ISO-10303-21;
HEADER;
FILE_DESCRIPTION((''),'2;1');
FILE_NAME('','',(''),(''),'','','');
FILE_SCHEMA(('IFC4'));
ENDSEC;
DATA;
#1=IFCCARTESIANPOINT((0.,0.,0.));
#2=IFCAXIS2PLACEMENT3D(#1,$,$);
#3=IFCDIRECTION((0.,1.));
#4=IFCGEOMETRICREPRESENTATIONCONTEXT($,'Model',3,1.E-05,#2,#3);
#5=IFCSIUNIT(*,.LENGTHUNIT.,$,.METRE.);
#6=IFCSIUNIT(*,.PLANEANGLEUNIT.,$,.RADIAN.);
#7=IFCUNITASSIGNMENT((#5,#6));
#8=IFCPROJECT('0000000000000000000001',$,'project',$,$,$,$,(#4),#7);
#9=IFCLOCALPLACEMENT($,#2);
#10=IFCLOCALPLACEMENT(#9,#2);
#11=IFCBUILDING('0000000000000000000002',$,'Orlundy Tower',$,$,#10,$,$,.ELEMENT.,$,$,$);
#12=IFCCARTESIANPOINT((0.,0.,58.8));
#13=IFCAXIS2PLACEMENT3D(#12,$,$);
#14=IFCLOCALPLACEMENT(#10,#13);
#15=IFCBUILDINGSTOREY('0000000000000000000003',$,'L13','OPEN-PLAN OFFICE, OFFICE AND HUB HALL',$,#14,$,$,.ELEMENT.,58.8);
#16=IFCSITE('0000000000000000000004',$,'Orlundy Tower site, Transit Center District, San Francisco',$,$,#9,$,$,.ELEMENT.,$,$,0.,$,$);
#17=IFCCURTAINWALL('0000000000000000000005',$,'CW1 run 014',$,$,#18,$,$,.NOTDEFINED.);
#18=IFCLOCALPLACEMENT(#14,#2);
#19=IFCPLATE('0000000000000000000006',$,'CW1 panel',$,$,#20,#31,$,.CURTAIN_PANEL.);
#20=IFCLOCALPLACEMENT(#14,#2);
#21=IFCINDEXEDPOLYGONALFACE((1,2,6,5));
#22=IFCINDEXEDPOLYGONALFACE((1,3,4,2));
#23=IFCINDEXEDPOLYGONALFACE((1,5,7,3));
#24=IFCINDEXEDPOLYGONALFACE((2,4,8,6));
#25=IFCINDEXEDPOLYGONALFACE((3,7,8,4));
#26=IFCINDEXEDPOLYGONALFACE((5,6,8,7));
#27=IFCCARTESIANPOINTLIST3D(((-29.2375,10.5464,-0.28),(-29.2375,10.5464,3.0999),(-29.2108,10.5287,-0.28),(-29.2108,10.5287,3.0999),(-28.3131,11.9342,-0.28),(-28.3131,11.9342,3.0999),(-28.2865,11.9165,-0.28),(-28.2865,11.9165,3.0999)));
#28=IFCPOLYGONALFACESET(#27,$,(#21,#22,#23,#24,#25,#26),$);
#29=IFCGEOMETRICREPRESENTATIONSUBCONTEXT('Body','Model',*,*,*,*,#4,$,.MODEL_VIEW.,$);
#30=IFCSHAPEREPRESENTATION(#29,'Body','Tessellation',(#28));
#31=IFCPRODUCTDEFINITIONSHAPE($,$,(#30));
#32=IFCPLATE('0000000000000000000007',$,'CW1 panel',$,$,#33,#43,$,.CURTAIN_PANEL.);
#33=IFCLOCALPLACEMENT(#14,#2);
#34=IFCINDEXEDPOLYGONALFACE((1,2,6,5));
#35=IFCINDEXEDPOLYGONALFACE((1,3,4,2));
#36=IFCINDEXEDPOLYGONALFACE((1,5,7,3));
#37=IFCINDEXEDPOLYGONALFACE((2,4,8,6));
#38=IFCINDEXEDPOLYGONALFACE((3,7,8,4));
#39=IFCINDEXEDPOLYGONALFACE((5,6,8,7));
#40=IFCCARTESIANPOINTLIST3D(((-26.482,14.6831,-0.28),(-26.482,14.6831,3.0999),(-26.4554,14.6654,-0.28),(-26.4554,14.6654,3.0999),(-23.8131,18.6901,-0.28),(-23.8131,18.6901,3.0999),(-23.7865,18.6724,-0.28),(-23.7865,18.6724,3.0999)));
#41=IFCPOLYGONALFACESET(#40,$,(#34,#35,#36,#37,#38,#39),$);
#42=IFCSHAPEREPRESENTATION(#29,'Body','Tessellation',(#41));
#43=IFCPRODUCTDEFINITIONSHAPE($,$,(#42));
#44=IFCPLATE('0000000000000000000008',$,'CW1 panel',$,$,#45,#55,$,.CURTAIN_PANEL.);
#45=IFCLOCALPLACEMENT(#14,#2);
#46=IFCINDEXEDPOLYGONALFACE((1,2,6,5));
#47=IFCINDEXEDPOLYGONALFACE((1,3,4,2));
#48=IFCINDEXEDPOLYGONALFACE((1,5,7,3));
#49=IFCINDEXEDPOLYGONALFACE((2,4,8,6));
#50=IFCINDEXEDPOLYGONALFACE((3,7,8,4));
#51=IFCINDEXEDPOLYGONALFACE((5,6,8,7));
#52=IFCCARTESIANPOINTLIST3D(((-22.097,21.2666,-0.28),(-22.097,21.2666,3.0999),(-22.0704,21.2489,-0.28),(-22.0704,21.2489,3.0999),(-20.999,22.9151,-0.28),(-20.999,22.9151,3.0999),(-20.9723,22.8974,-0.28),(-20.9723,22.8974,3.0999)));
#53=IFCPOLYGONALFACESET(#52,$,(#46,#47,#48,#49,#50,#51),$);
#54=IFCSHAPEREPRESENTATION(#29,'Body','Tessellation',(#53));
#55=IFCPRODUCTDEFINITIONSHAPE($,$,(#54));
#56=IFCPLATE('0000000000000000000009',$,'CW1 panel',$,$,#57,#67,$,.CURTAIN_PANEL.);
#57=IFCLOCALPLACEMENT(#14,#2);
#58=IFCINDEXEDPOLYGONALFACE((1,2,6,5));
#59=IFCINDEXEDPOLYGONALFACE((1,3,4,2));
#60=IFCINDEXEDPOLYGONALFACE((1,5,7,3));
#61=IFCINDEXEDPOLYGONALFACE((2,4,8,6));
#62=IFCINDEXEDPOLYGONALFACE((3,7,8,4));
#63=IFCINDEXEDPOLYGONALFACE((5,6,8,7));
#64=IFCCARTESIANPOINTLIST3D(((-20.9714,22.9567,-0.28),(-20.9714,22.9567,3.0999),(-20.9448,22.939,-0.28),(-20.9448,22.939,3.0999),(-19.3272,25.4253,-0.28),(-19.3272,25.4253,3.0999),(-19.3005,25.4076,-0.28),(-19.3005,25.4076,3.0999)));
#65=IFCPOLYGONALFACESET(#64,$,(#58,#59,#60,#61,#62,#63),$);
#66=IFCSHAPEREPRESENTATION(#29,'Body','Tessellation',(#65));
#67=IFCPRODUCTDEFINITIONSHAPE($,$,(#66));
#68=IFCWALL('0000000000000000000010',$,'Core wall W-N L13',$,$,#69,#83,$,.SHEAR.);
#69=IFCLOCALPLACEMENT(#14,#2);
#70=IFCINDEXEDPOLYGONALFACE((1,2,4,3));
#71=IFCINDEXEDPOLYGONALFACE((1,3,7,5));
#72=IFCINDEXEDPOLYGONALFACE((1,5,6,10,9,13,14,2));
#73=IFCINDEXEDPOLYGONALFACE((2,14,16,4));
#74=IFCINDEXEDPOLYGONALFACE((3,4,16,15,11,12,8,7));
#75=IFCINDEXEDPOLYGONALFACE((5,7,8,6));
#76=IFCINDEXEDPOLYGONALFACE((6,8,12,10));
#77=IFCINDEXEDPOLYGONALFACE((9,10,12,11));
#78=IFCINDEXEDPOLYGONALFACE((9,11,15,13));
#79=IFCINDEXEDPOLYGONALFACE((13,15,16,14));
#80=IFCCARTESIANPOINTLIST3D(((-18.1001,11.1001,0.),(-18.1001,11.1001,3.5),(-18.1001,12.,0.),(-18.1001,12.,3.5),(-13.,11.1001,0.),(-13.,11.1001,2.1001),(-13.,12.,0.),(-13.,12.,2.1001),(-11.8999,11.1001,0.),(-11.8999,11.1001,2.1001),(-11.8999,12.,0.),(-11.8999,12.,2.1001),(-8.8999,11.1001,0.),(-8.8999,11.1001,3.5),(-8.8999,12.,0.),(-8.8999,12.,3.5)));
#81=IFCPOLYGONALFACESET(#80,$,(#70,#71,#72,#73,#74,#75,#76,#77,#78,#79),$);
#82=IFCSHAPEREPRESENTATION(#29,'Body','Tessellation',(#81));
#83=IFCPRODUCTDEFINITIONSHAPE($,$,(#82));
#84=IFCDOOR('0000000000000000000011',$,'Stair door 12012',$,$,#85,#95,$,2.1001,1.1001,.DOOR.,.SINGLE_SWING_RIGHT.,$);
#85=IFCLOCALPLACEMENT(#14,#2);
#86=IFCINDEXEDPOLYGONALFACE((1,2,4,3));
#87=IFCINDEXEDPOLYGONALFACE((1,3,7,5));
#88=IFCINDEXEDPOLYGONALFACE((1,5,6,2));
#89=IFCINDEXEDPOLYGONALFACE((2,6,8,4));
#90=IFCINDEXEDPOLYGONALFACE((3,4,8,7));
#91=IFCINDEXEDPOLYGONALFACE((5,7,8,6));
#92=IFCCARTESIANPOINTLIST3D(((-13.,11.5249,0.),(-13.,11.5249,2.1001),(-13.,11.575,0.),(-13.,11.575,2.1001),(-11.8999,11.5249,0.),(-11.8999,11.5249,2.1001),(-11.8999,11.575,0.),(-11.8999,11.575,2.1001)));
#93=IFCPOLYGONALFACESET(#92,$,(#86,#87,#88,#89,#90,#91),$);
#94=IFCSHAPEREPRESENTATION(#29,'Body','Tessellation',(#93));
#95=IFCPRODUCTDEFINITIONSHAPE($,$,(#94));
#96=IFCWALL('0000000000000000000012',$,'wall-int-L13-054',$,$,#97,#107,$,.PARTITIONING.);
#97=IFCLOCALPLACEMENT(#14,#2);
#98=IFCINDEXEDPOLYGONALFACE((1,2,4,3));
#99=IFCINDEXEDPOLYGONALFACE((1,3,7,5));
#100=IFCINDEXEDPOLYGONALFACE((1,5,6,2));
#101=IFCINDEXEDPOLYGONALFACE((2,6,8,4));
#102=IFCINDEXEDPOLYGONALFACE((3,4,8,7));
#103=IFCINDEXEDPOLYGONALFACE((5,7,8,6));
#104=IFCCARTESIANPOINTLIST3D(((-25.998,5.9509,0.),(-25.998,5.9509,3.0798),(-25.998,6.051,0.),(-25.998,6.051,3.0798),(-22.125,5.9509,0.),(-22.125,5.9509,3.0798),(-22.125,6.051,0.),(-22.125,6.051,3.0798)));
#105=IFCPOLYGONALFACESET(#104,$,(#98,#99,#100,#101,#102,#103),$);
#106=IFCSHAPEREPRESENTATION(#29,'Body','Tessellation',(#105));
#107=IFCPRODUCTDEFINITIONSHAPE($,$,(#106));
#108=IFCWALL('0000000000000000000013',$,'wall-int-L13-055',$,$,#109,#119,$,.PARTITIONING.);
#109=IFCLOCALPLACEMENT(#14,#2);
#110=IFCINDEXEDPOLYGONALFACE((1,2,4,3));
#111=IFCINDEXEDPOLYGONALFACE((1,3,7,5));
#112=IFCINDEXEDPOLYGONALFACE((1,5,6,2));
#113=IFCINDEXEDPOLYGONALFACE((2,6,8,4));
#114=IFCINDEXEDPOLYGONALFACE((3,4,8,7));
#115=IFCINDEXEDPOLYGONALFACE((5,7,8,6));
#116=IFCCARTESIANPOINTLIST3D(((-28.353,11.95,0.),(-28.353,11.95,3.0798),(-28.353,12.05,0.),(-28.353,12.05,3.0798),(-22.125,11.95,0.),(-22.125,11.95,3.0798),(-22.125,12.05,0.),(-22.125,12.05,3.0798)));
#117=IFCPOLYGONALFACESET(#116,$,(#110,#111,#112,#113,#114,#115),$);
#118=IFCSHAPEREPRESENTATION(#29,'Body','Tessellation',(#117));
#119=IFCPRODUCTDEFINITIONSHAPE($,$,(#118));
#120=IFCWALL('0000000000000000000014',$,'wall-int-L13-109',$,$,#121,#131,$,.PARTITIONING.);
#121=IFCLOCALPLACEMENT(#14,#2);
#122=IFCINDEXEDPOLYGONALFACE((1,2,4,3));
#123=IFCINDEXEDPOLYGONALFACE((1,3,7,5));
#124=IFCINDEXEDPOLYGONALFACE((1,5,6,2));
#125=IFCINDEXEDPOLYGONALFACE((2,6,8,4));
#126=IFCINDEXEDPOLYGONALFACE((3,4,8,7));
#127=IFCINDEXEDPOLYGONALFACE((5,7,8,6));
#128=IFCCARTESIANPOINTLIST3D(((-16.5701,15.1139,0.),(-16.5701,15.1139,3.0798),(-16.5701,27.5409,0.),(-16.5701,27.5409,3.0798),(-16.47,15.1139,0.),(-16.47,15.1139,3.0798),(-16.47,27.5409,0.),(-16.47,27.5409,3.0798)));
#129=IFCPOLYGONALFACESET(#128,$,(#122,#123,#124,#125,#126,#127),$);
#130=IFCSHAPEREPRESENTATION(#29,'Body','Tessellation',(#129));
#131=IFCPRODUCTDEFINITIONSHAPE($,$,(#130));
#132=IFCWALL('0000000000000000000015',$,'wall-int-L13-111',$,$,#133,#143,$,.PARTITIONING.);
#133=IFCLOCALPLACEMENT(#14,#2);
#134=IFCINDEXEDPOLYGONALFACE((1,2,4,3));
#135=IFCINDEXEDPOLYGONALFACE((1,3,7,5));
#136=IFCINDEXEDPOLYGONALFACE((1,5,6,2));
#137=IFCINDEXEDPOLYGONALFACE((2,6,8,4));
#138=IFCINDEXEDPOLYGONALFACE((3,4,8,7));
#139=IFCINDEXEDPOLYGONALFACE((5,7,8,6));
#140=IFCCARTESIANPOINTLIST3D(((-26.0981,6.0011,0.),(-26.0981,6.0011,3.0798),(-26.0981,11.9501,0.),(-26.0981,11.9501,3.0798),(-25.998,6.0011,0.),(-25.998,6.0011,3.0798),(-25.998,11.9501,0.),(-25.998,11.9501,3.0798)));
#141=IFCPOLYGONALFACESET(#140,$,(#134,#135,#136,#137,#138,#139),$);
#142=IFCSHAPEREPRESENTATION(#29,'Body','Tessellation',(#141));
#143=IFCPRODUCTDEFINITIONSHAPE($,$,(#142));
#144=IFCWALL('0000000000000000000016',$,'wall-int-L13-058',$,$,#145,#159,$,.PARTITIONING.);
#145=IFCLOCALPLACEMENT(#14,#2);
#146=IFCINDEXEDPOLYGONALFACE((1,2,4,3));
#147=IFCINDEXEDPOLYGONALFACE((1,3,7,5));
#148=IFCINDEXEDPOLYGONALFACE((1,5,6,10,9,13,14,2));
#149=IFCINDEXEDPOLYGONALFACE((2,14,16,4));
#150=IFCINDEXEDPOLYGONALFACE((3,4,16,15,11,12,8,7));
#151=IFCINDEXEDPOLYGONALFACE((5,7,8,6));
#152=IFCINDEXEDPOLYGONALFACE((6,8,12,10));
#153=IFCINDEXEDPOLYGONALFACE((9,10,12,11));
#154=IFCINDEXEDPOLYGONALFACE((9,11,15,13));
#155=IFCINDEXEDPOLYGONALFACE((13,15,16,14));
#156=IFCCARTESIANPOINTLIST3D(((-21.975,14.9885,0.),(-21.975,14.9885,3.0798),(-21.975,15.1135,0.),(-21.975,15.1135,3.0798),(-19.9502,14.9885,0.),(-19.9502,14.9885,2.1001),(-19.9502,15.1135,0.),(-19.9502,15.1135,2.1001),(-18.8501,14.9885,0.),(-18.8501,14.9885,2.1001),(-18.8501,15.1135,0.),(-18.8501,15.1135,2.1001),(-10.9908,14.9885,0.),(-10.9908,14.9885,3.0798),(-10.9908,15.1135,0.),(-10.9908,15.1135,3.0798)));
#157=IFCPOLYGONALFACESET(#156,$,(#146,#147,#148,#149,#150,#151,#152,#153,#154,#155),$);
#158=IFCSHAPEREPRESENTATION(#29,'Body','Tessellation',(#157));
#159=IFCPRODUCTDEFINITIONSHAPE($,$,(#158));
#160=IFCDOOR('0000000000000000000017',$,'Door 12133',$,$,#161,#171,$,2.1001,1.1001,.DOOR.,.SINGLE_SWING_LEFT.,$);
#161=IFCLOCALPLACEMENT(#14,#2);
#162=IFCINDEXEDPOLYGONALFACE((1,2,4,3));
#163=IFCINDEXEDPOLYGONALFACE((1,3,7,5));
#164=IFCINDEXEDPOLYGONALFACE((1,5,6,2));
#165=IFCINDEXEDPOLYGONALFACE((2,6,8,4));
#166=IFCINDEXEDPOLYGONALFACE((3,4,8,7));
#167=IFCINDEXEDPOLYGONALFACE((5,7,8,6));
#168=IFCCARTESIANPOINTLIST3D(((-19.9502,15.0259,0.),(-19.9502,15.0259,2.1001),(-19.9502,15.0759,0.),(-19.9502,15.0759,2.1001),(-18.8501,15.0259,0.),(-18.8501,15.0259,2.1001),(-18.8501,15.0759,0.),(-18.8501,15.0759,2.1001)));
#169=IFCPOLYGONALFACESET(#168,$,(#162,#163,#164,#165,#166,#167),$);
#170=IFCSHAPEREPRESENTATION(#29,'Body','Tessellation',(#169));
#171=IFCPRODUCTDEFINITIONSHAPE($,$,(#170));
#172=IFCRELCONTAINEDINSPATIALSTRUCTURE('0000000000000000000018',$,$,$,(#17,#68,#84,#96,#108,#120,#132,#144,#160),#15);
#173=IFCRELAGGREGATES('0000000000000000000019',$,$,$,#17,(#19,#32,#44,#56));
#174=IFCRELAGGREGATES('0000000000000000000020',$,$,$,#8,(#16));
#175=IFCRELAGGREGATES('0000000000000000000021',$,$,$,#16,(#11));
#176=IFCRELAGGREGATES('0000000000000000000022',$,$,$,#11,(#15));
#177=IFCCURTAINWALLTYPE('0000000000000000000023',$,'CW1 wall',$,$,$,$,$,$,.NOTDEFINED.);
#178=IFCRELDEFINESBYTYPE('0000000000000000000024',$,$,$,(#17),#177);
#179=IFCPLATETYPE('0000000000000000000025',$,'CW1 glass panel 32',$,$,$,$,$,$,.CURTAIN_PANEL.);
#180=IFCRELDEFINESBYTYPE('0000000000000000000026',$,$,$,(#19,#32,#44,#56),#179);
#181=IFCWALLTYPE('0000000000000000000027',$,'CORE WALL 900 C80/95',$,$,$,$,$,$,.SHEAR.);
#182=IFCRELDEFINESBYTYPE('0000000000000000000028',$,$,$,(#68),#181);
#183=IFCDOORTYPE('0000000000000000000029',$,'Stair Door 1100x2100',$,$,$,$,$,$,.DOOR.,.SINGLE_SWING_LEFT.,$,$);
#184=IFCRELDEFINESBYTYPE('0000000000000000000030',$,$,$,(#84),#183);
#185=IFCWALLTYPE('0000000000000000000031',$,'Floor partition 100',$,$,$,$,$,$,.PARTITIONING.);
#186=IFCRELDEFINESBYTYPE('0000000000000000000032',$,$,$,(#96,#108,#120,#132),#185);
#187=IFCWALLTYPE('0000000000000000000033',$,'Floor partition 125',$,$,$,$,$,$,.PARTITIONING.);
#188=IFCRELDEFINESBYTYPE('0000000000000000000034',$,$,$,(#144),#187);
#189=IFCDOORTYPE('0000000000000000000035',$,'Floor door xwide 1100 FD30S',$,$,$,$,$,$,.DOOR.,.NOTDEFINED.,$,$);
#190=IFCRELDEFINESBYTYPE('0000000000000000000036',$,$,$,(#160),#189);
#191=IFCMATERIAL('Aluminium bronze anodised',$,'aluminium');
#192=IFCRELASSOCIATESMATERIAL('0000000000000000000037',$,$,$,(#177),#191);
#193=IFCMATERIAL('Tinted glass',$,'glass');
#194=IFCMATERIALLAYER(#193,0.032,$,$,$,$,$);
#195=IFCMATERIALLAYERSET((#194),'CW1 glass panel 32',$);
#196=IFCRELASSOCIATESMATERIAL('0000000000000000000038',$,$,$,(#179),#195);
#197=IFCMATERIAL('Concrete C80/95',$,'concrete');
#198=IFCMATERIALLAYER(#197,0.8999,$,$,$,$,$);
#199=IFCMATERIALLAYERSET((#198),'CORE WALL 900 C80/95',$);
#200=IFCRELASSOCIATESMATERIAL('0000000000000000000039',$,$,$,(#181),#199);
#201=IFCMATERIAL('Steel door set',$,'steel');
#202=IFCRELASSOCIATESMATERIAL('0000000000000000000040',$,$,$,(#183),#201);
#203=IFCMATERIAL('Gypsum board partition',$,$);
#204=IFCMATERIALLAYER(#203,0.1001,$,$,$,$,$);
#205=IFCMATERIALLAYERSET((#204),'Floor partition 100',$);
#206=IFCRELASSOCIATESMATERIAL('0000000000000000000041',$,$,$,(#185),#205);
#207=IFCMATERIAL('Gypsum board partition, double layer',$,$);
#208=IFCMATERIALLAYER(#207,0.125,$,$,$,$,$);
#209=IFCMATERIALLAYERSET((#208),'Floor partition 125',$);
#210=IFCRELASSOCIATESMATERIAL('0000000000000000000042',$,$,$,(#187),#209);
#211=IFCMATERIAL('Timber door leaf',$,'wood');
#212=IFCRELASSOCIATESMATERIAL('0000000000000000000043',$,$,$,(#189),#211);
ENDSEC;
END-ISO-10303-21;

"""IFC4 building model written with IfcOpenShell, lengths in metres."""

from ifc_helpers import new_model, si_unit, direction, frame, frame_2d, origin, origin_2d, place, context, subcontext, project, spatial, rectangle, extrude, material, layer, layer_set, type_object, element, fill, aggregate, save


model = new_model("IFC4")

# Units and contexts
model_context = context("Model", 3, precision=1e-05, world=origin(), true_north=direction((0.0, 1.0)))
body_context = subcontext(model_context, "Body", "Model", "MODEL_VIEW")
ifc_project = project(units=[si_unit("LENGTHUNIT", "METRE"), si_unit("PLANEANGLEUNIT", "RADIAN")], contexts=[model_context])

# Site, building, storey
site_placement = place(None, origin())
site = spatial("IfcSite", under=ifc_project, at=site_placement, Name="Orlundy Tower site, Transit Center District, San Francisco", CompositionType="ELEMENT", RefElevation=0.0)
building_placement = place(site_placement, origin())
building = spatial("IfcBuilding", under=site, at=building_placement, Name="Orlundy Tower", CompositionType="ELEMENT")
storey_placement = place(building_placement, frame((0.0, 0.0, 58.8)))
storey = spatial("IfcBuildingStorey", under=building, at=storey_placement, Name="L13", Description="OPEN-PLAN OFFICE, OFFICE AND HUB HALL", CompositionType="ELEMENT", Elevation=58.8)

# Shared definitions
ifc_material_1 = material(Name="Aluminium bronze anodised", Category="aluminium")
curtain_wall_type = type_object("IfcCurtainWallType", Name="CW1 wall", PredefinedType="NOTDEFINED", material=ifc_material_1)

# Curtain wall
curtain_wall_1_placement = place(storey_placement, origin())
curtain_wall_1 = element("IfcCurtainWall", 1, at=curtain_wall_1_placement, inside=storey, type_object=curtain_wall_type, Name="CW1 run 014", PredefinedType="NOTDEFINED")

# Plates
ifc_material_2 = material(Name="Tinted glass", Category="glass")
ifc_layer_1 = layer(ifc_material_2, 0.032)
ifc_layer_set_1 = layer_set([ifc_layer_1], Name="CW1 glass panel 32")
plate_type = type_object("IfcPlateType", Name="CW1 glass panel 32", PredefinedType="CURTAIN_PANEL", material=ifc_layer_set_1)
plate_1_placement = place(storey_placement, frame((-28.762, 11.2314, -0.28), z_axis=(0.0, 0.0, 1.0), x_axis=(0.554357, 0.832279, 0.0)))
plate_1 = element("IfcPlate", 2, at=plate_1_placement, type_object=plate_type, Name="CW1 panel", PredefinedType="CURTAIN_PANEL", context=body_context, shape_type="SweptSolid", body=[
    extrude(rectangle(XDim=1.6675, YDim=0.032, at=origin_2d()), origin(), (0.0, 0.0, 1.0), 3.3799),
])
plate_2_placement = place(storey_placement, frame((-25.1343, 16.6777, -0.28), z_axis=(0.0, 0.0, 1.0), x_axis=(0.554357, 0.832279, 0.0)))
plate_2 = element("IfcPlate", 3, at=plate_2_placement, type_object=plate_type, Name="CW1 panel", PredefinedType="CURTAIN_PANEL", context=body_context, shape_type="SweptSolid", body=[
    extrude(rectangle(XDim=4.8145, YDim=0.032, at=origin_2d()), origin(), (0.0, 0.0, 1.0), 3.3799),
])
plate_3_placement = place(storey_placement, frame((-21.5347, 22.082, -0.28), z_axis=(0.0, 0.0, 1.0), x_axis=(0.554357, 0.832279, 0.0)))
plate_3 = element("IfcPlate", 4, at=plate_3_placement, type_object=plate_type, Name="CW1 panel", PredefinedType="CURTAIN_PANEL", context=body_context, shape_type="SweptSolid", body=[
    extrude(rectangle(XDim=1.9807, YDim=0.032, at=origin_2d()), origin(), (0.0, 0.0, 1.0), 3.3799),
])
plate_4_placement = place(storey_placement, frame((-20.136, 24.1821, -0.28), z_axis=(0.0, 0.0, 1.0), x_axis=(0.554357, 0.832279, 0.0)))
plate_4 = element("IfcPlate", 5, at=plate_4_placement, type_object=plate_type, Name="CW1 panel", PredefinedType="CURTAIN_PANEL", context=body_context, shape_type="SweptSolid", body=[
    extrude(rectangle(XDim=2.9661, YDim=0.032, at=origin_2d()), origin(), (0.0, 0.0, 1.0), 3.3799),
])
aggregate(curtain_wall_1, [plate_1, plate_2, plate_3, plate_4])

# Wall, opening, door
ifc_material_3 = material(Name="Concrete C80/95", Category="concrete")
ifc_layer_2 = layer(ifc_material_3, 0.8999)
ifc_layer_set_2 = layer_set([ifc_layer_2], Name="CORE WALL 900 C80/95")
wall_type_1 = type_object("IfcWallType", Name="CORE WALL 900 C80/95", PredefinedType="SHEAR", material=ifc_layer_set_2)
wall_1_placement = place(storey_placement, frame((-18.1001, 11.55, 0.0), z_axis=(0.0, 0.0, 1.0), x_axis=(1.0, 0.0, 0.0)))
wall_1 = element("IfcWall", 6, at=wall_1_placement, inside=storey, type_object=wall_type_1, Name="Core wall W-N L13", PredefinedType="SHEAR", context=body_context, shape_type="SweptSolid", body=[
    extrude(rectangle(XDim=9.2002, YDim=0.8999, at=frame_2d((4.6001, 0.0))), origin(), (0.0, 0.0, 1.0), 3.5),
])
opening_1_placement = place(wall_1_placement, frame((5.1001, 0.0, 0.0)))
opening_1 = element("IfcOpeningElement", 7, at=opening_1_placement, cuts=wall_1, PredefinedType="OPENING", context=body_context, shape_type="SweptSolid", body=[
    extrude(rectangle(XDim=1.1001, YDim=2.1001, at=frame_2d((0.55, 1.05))), frame((0.0, 0.46, 0.0), z_axis=(0.0, -1.0, 0.0), x_axis=(1.0, 0.0, 0.0)), (0.0, 0.0, 1.0), 0.9199),
])
ifc_material_4 = material(Name="Steel door set", Category="steel")
door_type_1 = type_object("IfcDoorType", Name="Stair Door 1100x2100", OperationType="SINGLE_SWING_LEFT", PredefinedType="DOOR", material=ifc_material_4)
door_1_placement = place(opening_1_placement, origin())
door_1 = element("IfcDoor", 8, at=door_1_placement, inside=storey, type_object=door_type_1, Name="Stair door 12012", OperationType="SINGLE_SWING_RIGHT", OverallHeight=2.1001, OverallWidth=1.1001, PredefinedType="DOOR", context=body_context, shape_type="SweptSolid", body=[
    extrude(rectangle(XDim=1.1001, YDim=2.1001, at=frame_2d((0.55, 1.05))), frame((0.0, 0.0249, 0.0), z_axis=(0.0, -1.0, 0.0), x_axis=(1.0, 0.0, 0.0)), (0.0, 0.0, 1.0), 0.05),
])
fill(opening_1, door_1)

# Walls
ifc_material_5 = material(Name="Gypsum board partition")
ifc_layer_3 = layer(ifc_material_5, 0.1001)
ifc_layer_set_3 = layer_set([ifc_layer_3], Name="Floor partition 100")
wall_type_2 = type_object("IfcWallType", Name="Floor partition 100", PredefinedType="PARTITIONING", material=ifc_layer_set_3)
wall_2_placement = place(storey_placement, frame((-25.998, 6.001, 0.0), z_axis=(0.0, 0.0, 1.0), x_axis=(1.0, 0.0, 0.0)))
element("IfcWall", 9, at=wall_2_placement, inside=storey, type_object=wall_type_2, Name="wall-int-L13-054", PredefinedType="PARTITIONING", context=body_context, shape_type="SweptSolid", body=[
    extrude(rectangle(XDim=3.873, YDim=0.1001, at=frame_2d((1.9365, 0.0))), origin(), (0.0, 0.0, 1.0), 3.0798),
])
wall_3_placement = place(storey_placement, frame((-28.353, 12.0, 0.0), z_axis=(0.0, 0.0, 1.0), x_axis=(1.0, 0.0, 0.0)))
element("IfcWall", 10, at=wall_3_placement, inside=storey, type_object=wall_type_2, Name="wall-int-L13-055", PredefinedType="PARTITIONING", context=body_context, shape_type="SweptSolid", body=[
    extrude(rectangle(XDim=6.228, YDim=0.1001, at=frame_2d((3.114, 0.0))), origin(), (0.0, 0.0, 1.0), 3.0798),
])
wall_4_placement = place(storey_placement, frame((-16.52, 15.114, 0.0), z_axis=(0.0, 0.0, 1.0), x_axis=(0.0, 1.0, 0.0)))
element("IfcWall", 11, at=wall_4_placement, inside=storey, type_object=wall_type_2, Name="wall-int-L13-109", PredefinedType="PARTITIONING", context=body_context, shape_type="SweptSolid", body=[
    extrude(rectangle(XDim=12.427, YDim=0.1001, at=frame_2d((6.2134, 0.0))), origin(), (0.0, 0.0, 1.0), 3.0798),
])
wall_5_placement = place(storey_placement, frame((-26.0481, 6.001, 0.0), z_axis=(0.0, 0.0, 1.0), x_axis=(0.0, 1.0, 0.0)))
element("IfcWall", 12, at=wall_5_placement, inside=storey, type_object=wall_type_2, Name="wall-int-L13-111", PredefinedType="PARTITIONING", context=body_context, shape_type="SweptSolid", body=[
    extrude(rectangle(XDim=5.949, YDim=0.1001, at=frame_2d((2.9746, 0.0))), origin(), (0.0, 0.0, 1.0), 3.0798),
])

# Wall, opening, door
ifc_material_6 = material(Name="Gypsum board partition, double layer")
ifc_layer_4 = layer(ifc_material_6, 0.125)
ifc_layer_set_4 = layer_set([ifc_layer_4], Name="Floor partition 125")
wall_type_3 = type_object("IfcWallType", Name="Floor partition 125", PredefinedType="PARTITIONING", material=ifc_layer_set_4)
wall_6_placement = place(storey_placement, frame((-21.9751, 15.051, 0.0), z_axis=(0.0, 0.0, 1.0), x_axis=(1.0, 0.0, 0.0)))
wall_6 = element("IfcWall", 13, at=wall_6_placement, inside=storey, type_object=wall_type_3, Name="wall-int-L13-058", PredefinedType="PARTITIONING", context=body_context, shape_type="SweptSolid", body=[
    extrude(rectangle(XDim=10.9841, YDim=0.125, at=frame_2d((5.4922, 0.0))), origin(), (0.0, 0.0, 1.0), 3.0798),
])
opening_2_placement = place(wall_6_placement, frame((2.0249, 0.0, 0.0)))
opening_2 = element("IfcOpeningElement", 14, at=opening_2_placement, cuts=wall_6, PredefinedType="OPENING", context=body_context, shape_type="SweptSolid", body=[
    extrude(rectangle(XDim=1.1001, YDim=2.1001, at=frame_2d((0.55, 1.05))), frame((0.0, 0.0725, 0.0), z_axis=(0.0, -1.0, 0.0), x_axis=(1.0, 0.0, 0.0)), (0.0, 0.0, 1.0), 0.145),
])
ifc_material_7 = material(Name="Timber door leaf", Category="wood")
door_type_2 = type_object("IfcDoorType", Name="Floor door xwide 1100 FD30S", OperationType="NOTDEFINED", PredefinedType="DOOR", material=ifc_material_7)
door_2_placement = place(opening_2_placement, origin())
door_2 = element("IfcDoor", 15, at=door_2_placement, inside=storey, type_object=door_type_2, Name="Door 12133", OperationType="SINGLE_SWING_LEFT", OverallHeight=2.1001, OverallWidth=1.1001, PredefinedType="DOOR", context=body_context, shape_type="SweptSolid", body=[
    extrude(rectangle(XDim=1.1001, YDim=2.1001, at=frame_2d((0.55, 1.05))), frame((0.0, 0.0249, 0.0), z_axis=(0.0, -1.0, 0.0), x_axis=(1.0, 0.0, 0.0)), (0.0, 0.0, 1.0), 0.05),
])
fill(opening_2, door_2)

save(model, "model.ifc")
